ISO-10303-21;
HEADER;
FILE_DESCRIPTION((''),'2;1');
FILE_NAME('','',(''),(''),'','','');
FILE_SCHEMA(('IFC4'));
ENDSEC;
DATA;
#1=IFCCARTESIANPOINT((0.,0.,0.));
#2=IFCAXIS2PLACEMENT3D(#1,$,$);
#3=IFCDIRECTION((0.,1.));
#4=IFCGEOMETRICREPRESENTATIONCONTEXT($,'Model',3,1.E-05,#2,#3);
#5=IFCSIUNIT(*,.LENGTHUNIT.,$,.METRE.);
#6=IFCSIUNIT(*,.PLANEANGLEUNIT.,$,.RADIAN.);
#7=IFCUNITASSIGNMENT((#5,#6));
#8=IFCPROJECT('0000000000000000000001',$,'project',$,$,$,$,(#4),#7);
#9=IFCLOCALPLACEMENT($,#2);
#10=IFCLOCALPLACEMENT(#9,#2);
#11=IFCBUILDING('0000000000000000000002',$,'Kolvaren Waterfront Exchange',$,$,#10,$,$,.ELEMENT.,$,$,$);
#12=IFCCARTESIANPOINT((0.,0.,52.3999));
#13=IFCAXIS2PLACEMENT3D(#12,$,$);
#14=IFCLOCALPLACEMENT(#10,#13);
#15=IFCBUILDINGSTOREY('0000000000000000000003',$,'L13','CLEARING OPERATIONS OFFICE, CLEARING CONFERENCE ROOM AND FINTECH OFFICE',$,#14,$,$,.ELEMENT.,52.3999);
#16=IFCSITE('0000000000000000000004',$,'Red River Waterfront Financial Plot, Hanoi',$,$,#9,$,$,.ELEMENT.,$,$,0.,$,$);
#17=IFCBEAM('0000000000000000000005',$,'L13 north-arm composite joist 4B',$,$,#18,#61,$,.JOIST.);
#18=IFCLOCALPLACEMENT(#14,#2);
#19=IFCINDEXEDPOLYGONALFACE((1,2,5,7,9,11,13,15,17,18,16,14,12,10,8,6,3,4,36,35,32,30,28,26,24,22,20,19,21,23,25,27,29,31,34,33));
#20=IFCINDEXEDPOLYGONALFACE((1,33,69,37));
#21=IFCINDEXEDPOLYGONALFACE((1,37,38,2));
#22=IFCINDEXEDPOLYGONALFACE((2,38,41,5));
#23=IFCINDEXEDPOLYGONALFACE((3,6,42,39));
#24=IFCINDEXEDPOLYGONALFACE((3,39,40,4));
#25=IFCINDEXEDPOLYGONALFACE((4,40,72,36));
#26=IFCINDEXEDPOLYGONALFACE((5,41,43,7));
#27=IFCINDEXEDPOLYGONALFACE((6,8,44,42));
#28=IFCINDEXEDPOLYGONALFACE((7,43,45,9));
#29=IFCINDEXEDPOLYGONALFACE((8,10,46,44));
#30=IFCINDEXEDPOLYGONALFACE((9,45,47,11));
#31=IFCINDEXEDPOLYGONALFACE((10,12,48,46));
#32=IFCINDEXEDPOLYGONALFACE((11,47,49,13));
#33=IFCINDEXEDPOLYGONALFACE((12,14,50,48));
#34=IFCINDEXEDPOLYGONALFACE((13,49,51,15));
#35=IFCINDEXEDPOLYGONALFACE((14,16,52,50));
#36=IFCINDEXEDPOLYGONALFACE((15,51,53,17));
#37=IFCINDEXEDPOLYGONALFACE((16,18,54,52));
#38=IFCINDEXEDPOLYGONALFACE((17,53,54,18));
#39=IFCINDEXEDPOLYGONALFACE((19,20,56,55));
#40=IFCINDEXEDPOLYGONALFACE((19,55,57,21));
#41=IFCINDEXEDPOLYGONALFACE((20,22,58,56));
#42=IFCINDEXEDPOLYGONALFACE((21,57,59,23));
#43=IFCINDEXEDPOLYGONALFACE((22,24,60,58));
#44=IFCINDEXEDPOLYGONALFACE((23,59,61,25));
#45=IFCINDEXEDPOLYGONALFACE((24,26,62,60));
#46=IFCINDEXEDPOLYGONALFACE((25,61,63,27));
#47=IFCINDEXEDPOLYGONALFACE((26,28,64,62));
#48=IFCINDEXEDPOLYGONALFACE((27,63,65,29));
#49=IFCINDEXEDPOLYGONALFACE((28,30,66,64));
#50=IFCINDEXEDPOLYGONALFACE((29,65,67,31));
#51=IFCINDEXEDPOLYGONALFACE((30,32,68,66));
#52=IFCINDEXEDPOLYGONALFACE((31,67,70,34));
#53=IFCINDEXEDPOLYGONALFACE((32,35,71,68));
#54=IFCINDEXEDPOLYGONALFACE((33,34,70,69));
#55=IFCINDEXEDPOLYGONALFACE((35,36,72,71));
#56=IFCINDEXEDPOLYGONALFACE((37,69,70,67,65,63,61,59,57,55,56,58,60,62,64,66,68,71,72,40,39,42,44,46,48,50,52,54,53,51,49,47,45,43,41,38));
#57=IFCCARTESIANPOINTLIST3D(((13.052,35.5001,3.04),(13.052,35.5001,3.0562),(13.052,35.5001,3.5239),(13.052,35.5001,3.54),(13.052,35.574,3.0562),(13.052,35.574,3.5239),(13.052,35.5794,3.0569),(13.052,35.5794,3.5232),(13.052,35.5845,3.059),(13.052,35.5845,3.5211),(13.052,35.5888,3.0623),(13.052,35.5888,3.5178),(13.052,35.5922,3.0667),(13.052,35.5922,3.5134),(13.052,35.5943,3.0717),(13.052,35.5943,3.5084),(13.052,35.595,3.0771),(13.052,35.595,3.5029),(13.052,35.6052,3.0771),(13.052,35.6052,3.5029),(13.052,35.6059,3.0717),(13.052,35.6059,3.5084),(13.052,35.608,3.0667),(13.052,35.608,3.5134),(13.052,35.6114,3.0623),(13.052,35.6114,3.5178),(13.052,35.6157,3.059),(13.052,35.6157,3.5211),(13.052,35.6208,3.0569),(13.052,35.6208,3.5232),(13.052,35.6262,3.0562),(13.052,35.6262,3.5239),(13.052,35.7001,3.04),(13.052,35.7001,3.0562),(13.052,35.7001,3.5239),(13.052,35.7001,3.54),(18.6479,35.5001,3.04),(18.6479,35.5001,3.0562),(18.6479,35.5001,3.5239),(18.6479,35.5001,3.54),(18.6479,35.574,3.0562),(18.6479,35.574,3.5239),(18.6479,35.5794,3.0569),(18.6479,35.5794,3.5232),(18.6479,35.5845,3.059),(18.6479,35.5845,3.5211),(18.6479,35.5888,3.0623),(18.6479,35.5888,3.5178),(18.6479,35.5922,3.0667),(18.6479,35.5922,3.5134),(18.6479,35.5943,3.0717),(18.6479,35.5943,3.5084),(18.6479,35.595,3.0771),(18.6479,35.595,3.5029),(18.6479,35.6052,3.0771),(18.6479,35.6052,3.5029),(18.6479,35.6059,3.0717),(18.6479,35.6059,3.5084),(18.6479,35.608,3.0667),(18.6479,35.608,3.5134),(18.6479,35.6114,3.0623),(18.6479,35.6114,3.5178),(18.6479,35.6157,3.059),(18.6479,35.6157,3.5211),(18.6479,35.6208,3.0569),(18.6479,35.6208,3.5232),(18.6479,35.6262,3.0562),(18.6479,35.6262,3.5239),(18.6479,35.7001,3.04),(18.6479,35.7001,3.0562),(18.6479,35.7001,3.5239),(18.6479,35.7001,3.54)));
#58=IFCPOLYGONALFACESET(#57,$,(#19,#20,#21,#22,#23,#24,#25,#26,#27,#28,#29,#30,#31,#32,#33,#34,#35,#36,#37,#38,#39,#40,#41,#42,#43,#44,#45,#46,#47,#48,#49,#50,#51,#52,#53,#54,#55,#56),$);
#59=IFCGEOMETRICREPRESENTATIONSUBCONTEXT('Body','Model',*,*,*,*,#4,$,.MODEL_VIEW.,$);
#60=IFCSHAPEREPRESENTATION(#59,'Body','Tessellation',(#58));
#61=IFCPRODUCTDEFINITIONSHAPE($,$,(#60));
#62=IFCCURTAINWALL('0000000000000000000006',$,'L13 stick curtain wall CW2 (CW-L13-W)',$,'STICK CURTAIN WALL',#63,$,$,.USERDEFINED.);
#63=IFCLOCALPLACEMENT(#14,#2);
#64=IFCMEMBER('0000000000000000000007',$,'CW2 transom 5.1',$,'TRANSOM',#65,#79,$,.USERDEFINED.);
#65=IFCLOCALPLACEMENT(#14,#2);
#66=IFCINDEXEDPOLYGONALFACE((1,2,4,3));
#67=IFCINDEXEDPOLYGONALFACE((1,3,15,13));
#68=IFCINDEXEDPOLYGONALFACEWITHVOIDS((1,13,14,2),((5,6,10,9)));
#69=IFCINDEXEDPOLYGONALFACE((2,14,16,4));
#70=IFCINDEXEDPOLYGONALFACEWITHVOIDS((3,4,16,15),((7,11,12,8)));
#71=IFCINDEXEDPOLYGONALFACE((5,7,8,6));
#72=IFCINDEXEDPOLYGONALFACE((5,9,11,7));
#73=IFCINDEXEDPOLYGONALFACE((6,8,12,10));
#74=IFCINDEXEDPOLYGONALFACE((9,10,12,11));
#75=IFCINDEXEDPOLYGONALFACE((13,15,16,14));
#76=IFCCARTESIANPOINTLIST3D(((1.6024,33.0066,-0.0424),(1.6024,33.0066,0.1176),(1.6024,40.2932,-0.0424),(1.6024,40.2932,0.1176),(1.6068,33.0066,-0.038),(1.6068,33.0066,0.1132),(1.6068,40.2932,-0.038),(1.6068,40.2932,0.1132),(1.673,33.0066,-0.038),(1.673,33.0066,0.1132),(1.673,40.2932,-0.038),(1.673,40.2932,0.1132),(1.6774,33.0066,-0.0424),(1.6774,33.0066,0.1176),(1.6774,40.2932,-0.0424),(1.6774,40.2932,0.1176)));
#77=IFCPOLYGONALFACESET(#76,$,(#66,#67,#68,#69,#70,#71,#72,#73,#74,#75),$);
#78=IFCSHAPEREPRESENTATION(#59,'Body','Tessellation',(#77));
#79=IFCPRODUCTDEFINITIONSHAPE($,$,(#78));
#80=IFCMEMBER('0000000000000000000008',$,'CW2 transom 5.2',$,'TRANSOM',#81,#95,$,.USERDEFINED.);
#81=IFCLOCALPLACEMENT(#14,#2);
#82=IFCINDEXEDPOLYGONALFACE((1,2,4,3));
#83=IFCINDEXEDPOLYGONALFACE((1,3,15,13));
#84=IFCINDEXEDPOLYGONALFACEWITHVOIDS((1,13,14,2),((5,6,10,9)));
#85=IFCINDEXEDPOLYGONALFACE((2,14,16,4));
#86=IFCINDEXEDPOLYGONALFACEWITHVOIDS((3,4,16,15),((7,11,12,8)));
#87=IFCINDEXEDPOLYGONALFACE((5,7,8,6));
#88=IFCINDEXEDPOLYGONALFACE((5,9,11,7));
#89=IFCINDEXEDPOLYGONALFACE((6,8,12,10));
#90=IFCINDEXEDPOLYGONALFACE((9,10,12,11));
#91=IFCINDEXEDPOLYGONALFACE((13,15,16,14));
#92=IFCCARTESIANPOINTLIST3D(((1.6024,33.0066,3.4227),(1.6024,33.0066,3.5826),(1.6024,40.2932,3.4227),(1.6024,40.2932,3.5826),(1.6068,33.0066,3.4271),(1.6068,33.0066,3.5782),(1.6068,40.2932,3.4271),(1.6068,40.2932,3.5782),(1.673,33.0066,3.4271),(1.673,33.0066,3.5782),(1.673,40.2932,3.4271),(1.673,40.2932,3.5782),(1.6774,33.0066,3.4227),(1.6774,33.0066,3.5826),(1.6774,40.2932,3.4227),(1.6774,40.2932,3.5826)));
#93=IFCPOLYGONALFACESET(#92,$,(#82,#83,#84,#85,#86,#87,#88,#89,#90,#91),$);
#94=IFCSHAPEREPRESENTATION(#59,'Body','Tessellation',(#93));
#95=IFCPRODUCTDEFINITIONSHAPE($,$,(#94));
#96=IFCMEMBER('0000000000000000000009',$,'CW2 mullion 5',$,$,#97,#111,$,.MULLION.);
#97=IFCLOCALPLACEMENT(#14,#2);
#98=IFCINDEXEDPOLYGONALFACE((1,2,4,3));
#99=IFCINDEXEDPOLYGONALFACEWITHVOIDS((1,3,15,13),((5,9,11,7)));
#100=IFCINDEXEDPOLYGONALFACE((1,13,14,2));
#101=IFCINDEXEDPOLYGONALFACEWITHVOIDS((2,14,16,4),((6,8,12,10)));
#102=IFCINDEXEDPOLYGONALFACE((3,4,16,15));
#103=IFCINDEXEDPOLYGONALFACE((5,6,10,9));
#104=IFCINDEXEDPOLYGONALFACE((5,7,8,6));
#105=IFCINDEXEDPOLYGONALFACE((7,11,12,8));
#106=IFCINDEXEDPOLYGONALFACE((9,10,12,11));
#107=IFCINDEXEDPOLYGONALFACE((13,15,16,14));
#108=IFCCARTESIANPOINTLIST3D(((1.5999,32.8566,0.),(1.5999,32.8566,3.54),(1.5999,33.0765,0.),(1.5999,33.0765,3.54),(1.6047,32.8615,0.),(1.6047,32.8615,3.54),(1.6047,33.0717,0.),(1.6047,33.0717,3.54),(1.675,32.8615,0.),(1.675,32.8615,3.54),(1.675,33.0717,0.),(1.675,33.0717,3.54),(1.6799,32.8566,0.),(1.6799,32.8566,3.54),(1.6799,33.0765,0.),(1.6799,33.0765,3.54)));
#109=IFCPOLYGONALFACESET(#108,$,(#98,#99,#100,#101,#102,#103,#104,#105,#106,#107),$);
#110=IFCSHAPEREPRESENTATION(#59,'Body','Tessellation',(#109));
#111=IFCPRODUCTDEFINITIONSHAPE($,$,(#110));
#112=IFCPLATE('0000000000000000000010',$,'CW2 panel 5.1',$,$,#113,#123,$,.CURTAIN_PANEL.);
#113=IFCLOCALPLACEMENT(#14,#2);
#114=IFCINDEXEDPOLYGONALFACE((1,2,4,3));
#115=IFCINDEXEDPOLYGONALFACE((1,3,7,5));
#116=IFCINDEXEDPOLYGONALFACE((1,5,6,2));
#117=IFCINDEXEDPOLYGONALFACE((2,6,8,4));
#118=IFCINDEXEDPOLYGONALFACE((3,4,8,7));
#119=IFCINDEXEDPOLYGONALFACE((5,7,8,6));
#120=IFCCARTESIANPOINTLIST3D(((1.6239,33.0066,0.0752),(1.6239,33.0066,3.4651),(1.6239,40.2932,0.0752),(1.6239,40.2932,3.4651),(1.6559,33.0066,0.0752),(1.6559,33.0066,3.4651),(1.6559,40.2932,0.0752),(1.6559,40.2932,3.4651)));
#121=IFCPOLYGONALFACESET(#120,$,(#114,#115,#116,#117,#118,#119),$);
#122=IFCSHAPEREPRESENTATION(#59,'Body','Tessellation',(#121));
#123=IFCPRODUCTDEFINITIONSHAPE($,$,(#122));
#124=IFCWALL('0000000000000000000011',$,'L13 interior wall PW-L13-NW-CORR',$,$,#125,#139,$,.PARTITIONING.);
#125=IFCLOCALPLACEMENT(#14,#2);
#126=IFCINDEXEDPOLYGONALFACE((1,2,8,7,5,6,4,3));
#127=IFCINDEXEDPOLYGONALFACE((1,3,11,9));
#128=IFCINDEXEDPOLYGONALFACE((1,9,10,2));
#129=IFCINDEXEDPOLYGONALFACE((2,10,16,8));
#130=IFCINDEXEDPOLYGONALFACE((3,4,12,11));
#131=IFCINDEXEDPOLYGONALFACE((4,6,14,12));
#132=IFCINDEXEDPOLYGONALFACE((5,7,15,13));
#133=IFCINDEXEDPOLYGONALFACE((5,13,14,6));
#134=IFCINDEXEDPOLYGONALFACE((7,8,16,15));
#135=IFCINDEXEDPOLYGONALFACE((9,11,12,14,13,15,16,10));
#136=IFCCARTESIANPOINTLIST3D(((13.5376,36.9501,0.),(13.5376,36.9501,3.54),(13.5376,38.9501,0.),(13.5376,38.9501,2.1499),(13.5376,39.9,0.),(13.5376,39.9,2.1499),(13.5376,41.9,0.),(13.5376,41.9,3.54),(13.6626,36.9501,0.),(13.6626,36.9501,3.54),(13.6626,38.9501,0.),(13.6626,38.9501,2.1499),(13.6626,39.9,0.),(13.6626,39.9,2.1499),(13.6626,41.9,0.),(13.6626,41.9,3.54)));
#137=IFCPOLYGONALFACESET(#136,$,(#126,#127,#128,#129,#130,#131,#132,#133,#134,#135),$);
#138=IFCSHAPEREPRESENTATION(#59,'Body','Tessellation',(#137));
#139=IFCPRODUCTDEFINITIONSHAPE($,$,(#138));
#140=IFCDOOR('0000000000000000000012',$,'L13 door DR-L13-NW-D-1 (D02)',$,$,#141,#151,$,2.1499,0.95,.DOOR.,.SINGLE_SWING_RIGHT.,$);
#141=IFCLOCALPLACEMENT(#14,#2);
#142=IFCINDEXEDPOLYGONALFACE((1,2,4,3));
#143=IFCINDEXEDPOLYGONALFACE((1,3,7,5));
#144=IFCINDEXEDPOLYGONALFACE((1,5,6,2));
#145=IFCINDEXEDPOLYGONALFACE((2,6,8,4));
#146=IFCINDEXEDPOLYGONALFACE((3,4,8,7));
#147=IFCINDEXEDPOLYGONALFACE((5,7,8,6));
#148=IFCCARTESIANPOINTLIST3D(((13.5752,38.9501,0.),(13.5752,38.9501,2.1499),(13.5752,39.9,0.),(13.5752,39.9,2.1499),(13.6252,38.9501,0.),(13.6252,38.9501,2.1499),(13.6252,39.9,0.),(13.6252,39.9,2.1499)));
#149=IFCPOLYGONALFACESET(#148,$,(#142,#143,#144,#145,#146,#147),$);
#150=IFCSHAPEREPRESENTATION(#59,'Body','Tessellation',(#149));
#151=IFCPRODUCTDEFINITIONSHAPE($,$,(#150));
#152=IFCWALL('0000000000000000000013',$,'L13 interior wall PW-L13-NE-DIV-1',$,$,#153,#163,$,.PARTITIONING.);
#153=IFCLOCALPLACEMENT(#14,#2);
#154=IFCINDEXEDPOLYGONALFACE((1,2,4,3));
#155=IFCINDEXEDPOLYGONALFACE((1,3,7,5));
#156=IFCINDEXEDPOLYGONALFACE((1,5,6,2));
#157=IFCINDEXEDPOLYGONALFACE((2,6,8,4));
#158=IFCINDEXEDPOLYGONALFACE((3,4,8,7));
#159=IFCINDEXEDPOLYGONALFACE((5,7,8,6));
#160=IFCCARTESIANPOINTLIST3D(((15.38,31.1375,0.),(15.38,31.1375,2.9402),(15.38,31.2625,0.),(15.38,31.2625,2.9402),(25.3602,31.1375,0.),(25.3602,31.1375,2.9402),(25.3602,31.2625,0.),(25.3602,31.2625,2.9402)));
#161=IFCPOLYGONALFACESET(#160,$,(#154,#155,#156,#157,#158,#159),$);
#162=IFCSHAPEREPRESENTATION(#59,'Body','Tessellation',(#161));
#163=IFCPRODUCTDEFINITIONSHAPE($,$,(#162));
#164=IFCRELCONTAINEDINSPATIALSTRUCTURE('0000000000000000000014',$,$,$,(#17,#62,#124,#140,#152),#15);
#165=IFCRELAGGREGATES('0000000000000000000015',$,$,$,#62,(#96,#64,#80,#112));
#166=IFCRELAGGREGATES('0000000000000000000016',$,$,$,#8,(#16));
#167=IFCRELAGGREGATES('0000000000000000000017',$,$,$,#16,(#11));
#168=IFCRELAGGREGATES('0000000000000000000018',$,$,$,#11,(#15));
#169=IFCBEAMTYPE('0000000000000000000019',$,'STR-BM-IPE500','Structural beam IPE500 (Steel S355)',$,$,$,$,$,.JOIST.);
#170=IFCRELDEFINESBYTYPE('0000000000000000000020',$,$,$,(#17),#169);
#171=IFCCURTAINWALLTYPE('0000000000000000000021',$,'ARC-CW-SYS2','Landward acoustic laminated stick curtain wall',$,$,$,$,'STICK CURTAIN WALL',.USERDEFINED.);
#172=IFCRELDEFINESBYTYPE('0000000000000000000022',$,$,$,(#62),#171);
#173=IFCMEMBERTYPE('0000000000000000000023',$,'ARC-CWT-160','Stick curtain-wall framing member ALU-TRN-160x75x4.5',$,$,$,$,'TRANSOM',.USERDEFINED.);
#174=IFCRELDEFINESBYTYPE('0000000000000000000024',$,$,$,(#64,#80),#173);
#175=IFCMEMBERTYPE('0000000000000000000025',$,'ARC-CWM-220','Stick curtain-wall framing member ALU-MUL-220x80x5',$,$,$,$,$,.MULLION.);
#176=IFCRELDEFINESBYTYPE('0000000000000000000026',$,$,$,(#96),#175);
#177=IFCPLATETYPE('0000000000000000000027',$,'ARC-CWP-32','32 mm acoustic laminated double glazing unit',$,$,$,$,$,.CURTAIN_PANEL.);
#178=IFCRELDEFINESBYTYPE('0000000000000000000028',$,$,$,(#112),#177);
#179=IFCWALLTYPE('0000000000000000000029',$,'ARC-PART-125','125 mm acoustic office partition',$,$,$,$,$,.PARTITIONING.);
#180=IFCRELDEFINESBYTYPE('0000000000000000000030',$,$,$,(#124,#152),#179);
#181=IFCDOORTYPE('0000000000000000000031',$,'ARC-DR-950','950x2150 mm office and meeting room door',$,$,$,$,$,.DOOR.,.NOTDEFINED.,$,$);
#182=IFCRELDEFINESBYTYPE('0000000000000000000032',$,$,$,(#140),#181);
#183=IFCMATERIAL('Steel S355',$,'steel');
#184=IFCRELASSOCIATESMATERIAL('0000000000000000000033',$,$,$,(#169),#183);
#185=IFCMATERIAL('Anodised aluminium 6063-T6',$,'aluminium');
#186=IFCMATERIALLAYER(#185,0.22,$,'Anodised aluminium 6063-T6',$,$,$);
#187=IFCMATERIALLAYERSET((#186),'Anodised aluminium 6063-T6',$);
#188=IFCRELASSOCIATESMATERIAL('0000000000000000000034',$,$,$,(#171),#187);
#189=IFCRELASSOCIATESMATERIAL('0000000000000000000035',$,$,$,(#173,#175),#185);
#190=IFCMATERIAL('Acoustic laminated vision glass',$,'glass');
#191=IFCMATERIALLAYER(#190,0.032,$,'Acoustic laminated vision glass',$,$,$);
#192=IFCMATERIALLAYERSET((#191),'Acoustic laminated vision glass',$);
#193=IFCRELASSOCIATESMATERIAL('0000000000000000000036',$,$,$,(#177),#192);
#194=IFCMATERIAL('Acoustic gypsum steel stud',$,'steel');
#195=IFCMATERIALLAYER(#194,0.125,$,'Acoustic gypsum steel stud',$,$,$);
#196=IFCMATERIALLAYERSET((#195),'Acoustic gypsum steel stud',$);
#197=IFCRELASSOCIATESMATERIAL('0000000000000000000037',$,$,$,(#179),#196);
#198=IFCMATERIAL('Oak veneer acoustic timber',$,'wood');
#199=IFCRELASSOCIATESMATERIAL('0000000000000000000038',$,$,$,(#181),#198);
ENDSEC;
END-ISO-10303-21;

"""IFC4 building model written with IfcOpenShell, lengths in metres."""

from ifc_helpers import new_model, si_unit, direction, frame, frame_2d, origin, origin_with_axes, origin_2d, place, context, subcontext, project, spatial, rectangle, hollow_rectangle, i_section, extrude, source, transform, mapped, material, layer, layer_set, material_profile, profile_set, type_object, element, fill, aggregate, save


model = new_model("IFC4")

# Units and contexts
model_context = context("Model", 3, precision=1e-05, world=origin(), true_north=direction((0.0, 1.0)))
body_context = subcontext(model_context, "Body", "Model", "MODEL_VIEW")
ifc_project = project(units=[si_unit("LENGTHUNIT", "METRE"), si_unit("PLANEANGLEUNIT", "RADIAN")], contexts=[model_context])

# Site, building, storey
site_placement = place(None, origin())
site = spatial("IfcSite", under=ifc_project, at=site_placement, Name="Red River Waterfront Financial Plot, Hanoi", CompositionType="ELEMENT", RefElevation=0.0)
building_placement = place(site_placement, origin())
building = spatial("IfcBuilding", under=site, at=building_placement, Name="Kolvaren Waterfront Exchange", CompositionType="ELEMENT")
storey_placement = place(building_placement, frame((0.0, 0.0, 52.3999)))
storey = spatial("IfcBuildingStorey", under=building, at=storey_placement, Name="L13", Description="CLEARING OPERATIONS OFFICE, CLEARING CONFERENCE ROOM AND FINTECH OFFICE", CompositionType="ELEMENT", Elevation=52.3999)

# Beam
ifc_material_1 = material(Name="Steel S355", Category="steel")
ifc_material_profile_1 = material_profile(ifc_material_1, i_section(OverallWidth=0.2, OverallDepth=0.5, WebThickness=0.0103, FlangeThickness=0.0161, FilletRadius=0.021, at=origin_2d()), Name="IPE500")
ifc_profile_set_1 = profile_set([ifc_material_profile_1], Name="Steel S355")
beam_type_1 = type_object("IfcBeamType", Name="STR-BM-IPE500", Description="Structural beam IPE500 (Steel S355)", PredefinedType="JOIST", material=ifc_profile_set_1)
beam_1_placement = place(storey_placement, frame((13.052, 35.6001, 3.29), z_axis=(1.0, 0.0, 0.0), x_axis=(0.0, 1.0, 0.0)))
element("IfcBeam", 1, at=beam_1_placement, inside=storey, type_object=beam_type_1, Name="L13 north-arm composite joist 4B", PredefinedType="JOIST", context=body_context, shape_type="SweptSolid", body=[
    extrude(i_section(OverallWidth=0.2, OverallDepth=0.5, WebThickness=0.0103, FlangeThickness=0.0161, FilletRadius=0.021, at=origin_2d()), origin(), (0.0, 0.0, 1.0), 5.5959),
])

# Curtain wall, members, plate
ifc_material_2 = material(Name="Anodised aluminium 6063-T6", Category="aluminium")
ifc_layer_1 = layer(ifc_material_2, 0.22, Name="Anodised aluminium 6063-T6")
ifc_layer_set_1 = layer_set([ifc_layer_1], Name="Anodised aluminium 6063-T6")
curtain_wall_type = type_object("IfcCurtainWallType", Name="ARC-CW-SYS2", Description="Landward acoustic laminated stick curtain wall", ElementType="STICK CURTAIN WALL", PredefinedType="USERDEFINED", material=ifc_layer_set_1)
curtain_wall_placement = place(storey_placement, origin())
curtain_wall = element("IfcCurtainWall", 2, at=curtain_wall_placement, inside=storey, type_object=curtain_wall_type, Name="L13 stick curtain wall CW2 (CW-L13-W)", ObjectType="STICK CURTAIN WALL", PredefinedType="USERDEFINED")
ifc_material_profile_2 = material_profile(ifc_material_2, hollow_rectangle(XDim=0.075, YDim=0.1599, WallThickness=0.0044, at=origin_2d()), Name="ALU-TRN-160x75x4.5")
ifc_profile_set_2 = profile_set([ifc_material_profile_2], Name="Anodised aluminium 6063-T6")
member_type_1 = type_object("IfcMemberType", Name="ARC-CWT-160", Description="Stick curtain-wall framing member ALU-TRN-160x75x4.5", ElementType="TRANSOM", PredefinedType="USERDEFINED", material=ifc_profile_set_2)
shared_shape_1 = source(origin_with_axes(), body_context, "Body", "SweptSolid", [
    extrude(hollow_rectangle(XDim=0.075, YDim=0.1599, WallThickness=0.0044, at=origin_2d()), origin(), (0.0, 0.0, 1.0), 7.2866),
])
member_1_placement = place(storey_placement, frame((1.6399, 33.0066, 0.0376), z_axis=(0.0, 1.0, 0.0), x_axis=(-1.0, 0.0, 0.0)))
member_1 = element("IfcMember", 3, at=member_1_placement, type_object=member_type_1, Name="CW2 transom 5.1", ObjectType="TRANSOM", PredefinedType="USERDEFINED", context=body_context, shape_type="MappedRepresentation", body=[
    mapped(shared_shape_1, transform((0.0, 0.0, 0.0), x_axis=(1.0, 0.0, 0.0), y_axis=(0.0, 1.0, 0.0), z_axis=(0.0, 0.0, 1.0), scale=1.0)),
])
member_2_placement = place(storey_placement, frame((1.6399, 33.0066, 3.5027), z_axis=(0.0, 1.0, 0.0), x_axis=(-1.0, 0.0, 0.0)))
member_2 = element("IfcMember", 4, at=member_2_placement, type_object=member_type_1, Name="CW2 transom 5.2", ObjectType="TRANSOM", PredefinedType="USERDEFINED", context=body_context, shape_type="MappedRepresentation", body=[
    mapped(shared_shape_1, transform((0.0, 0.0, 0.0), x_axis=(1.0, 0.0, 0.0), y_axis=(0.0, 1.0, 0.0), z_axis=(0.0, 0.0, 1.0), scale=1.0)),
])
ifc_material_profile_3 = material_profile(ifc_material_2, hollow_rectangle(XDim=0.0801, YDim=0.22, WallThickness=0.0049, at=origin_2d()), Name="ALU-MUL-220x80x5")
ifc_profile_set_3 = profile_set([ifc_material_profile_3], Name="Anodised aluminium 6063-T6")
member_type_2 = type_object("IfcMemberType", Name="ARC-CWM-220", Description="Stick curtain-wall framing member ALU-MUL-220x80x5", PredefinedType="MULLION", material=ifc_profile_set_3)
shared_shape_2 = source(origin_with_axes(), body_context, "Body", "SweptSolid", [
    extrude(hollow_rectangle(XDim=0.0801, YDim=0.22, WallThickness=0.0049, at=origin_2d()), origin(), (0.0, 0.0, 1.0), 3.54),
])
member_3_placement = place(storey_placement, frame((1.6399, 32.9666, 0.0), z_axis=(0.0, 0.0, 1.0), x_axis=(-1.0, 0.0, 0.0)))
member_3 = element("IfcMember", 5, at=member_3_placement, type_object=member_type_2, Name="CW2 mullion 5", PredefinedType="MULLION", context=body_context, shape_type="MappedRepresentation", body=[
    mapped(shared_shape_2, transform((0.0, 0.0, 0.0), x_axis=(1.0, 0.0, 0.0), y_axis=(0.0, 1.0, 0.0), z_axis=(0.0, 0.0, 1.0), scale=1.0)),
])
ifc_material_3 = material(Name="Acoustic laminated vision glass", Category="glass")
ifc_layer_2 = layer(ifc_material_3, 0.032, Name="Acoustic laminated vision glass")
ifc_layer_set_2 = layer_set([ifc_layer_2], Name="Acoustic laminated vision glass")
plate_type = type_object("IfcPlateType", Name="ARC-CWP-32", Description="32 mm acoustic laminated double glazing unit", PredefinedType="CURTAIN_PANEL", material=ifc_layer_set_2)
shared_shape_3 = source(origin_with_axes(), body_context, "Body", "SweptSolid", [
    extrude(rectangle(XDim=7.2866, YDim=0.032, at=origin_2d()), origin(), (0.0, 0.0, 1.0), 3.3899),
])
plate_placement = place(storey_placement, frame((1.6399, 36.6499, 0.0752), z_axis=(0.0, 0.0, 1.0), x_axis=(0.0, 1.0, 0.0)))
plate = element("IfcPlate", 6, at=plate_placement, type_object=plate_type, Name="CW2 panel 5.1", PredefinedType="CURTAIN_PANEL", context=body_context, shape_type="MappedRepresentation", body=[
    mapped(shared_shape_3, transform((0.0, 0.0, 0.0), x_axis=(1.0, 0.0, 0.0), y_axis=(0.0, 1.0, 0.0), z_axis=(0.0, 0.0, 1.0), scale=1.0)),
])
aggregate(curtain_wall, [member_3, member_1, member_2, plate])

# Wall, opening, door
ifc_material_4 = material(Name="Acoustic gypsum steel stud", Category="steel")
ifc_layer_3 = layer(ifc_material_4, 0.125, Name="Acoustic gypsum steel stud")
ifc_layer_set_3 = layer_set([ifc_layer_3], Name="Acoustic gypsum steel stud")
wall_type_1 = type_object("IfcWallType", Name="ARC-PART-125", Description="125 mm acoustic office partition", PredefinedType="PARTITIONING", material=ifc_layer_set_3)
wall_1_placement = place(storey_placement, frame((13.6001, 36.95, 0.0), z_axis=(0.0, 0.0, 1.0), x_axis=(0.0, 1.0, 0.0)))
wall_1 = element("IfcWall", 7, at=wall_1_placement, inside=storey, type_object=wall_type_1, Name="L13 interior wall PW-L13-NW-CORR", PredefinedType="PARTITIONING", context=body_context, shape_type="SweptSolid", body=[
    extrude(rectangle(XDim=4.95, YDim=0.125, at=frame_2d((2.4751, 0.0))), origin(), (0.0, 0.0, 1.0), 3.54),
])
opening_1_placement = place(wall_1_placement, frame((2.0, 0.0, 0.0)))
opening_1 = element("IfcOpeningElement", 8, at=opening_1_placement, cuts=wall_1, PredefinedType="OPENING", context=body_context, shape_type="SweptSolid", body=[
    extrude(rectangle(XDim=0.95, YDim=2.1499, at=frame_2d((0.4751, 1.075))), frame((0.0, 0.0725, 0.0), z_axis=(0.0, -1.0, 0.0), x_axis=(1.0, 0.0, 0.0)), (0.0, 0.0, 1.0), 0.145),
])
ifc_material_5 = material(Name="Oak veneer acoustic timber", Category="wood")
door_type_1 = type_object("IfcDoorType", Name="ARC-DR-950", Description="950x2150 mm office and meeting room door", OperationType="NOTDEFINED", PredefinedType="DOOR", material=ifc_material_5)
door_1_placement = place(opening_1_placement, origin())
door_1 = element("IfcDoor", 9, at=door_1_placement, inside=storey, type_object=door_type_1, Name="L13 door DR-L13-NW-D-1 (D02)", OperationType="SINGLE_SWING_RIGHT", OverallHeight=2.1499, OverallWidth=0.95, PredefinedType="DOOR", context=body_context, shape_type="SweptSolid", body=[
    extrude(rectangle(XDim=0.95, YDim=2.1499, at=frame_2d((0.4751, 1.075))), frame((0.0, 0.0249, 0.0), z_axis=(0.0, -1.0, 0.0), x_axis=(1.0, 0.0, 0.0)), (0.0, 0.0, 1.0), 0.05),
])
fill(opening_1, door_1)

# Wall
wall_2_placement = place(storey_placement, frame((15.3799, 31.2, 0.0), z_axis=(0.0, 0.0, 1.0), x_axis=(1.0, 0.0, 0.0)))
element("IfcWall", 10, at=wall_2_placement, inside=storey, type_object=wall_type_1, Name="L13 interior wall PW-L13-NE-DIV-1", PredefinedType="PARTITIONING", context=body_context, shape_type="SweptSolid", body=[
    extrude(rectangle(XDim=9.9802, YDim=0.125, at=frame_2d((4.9902, 0.0))), origin(), (0.0, 0.0, 1.0), 2.9402),
])

save(model, "model.ifc")
